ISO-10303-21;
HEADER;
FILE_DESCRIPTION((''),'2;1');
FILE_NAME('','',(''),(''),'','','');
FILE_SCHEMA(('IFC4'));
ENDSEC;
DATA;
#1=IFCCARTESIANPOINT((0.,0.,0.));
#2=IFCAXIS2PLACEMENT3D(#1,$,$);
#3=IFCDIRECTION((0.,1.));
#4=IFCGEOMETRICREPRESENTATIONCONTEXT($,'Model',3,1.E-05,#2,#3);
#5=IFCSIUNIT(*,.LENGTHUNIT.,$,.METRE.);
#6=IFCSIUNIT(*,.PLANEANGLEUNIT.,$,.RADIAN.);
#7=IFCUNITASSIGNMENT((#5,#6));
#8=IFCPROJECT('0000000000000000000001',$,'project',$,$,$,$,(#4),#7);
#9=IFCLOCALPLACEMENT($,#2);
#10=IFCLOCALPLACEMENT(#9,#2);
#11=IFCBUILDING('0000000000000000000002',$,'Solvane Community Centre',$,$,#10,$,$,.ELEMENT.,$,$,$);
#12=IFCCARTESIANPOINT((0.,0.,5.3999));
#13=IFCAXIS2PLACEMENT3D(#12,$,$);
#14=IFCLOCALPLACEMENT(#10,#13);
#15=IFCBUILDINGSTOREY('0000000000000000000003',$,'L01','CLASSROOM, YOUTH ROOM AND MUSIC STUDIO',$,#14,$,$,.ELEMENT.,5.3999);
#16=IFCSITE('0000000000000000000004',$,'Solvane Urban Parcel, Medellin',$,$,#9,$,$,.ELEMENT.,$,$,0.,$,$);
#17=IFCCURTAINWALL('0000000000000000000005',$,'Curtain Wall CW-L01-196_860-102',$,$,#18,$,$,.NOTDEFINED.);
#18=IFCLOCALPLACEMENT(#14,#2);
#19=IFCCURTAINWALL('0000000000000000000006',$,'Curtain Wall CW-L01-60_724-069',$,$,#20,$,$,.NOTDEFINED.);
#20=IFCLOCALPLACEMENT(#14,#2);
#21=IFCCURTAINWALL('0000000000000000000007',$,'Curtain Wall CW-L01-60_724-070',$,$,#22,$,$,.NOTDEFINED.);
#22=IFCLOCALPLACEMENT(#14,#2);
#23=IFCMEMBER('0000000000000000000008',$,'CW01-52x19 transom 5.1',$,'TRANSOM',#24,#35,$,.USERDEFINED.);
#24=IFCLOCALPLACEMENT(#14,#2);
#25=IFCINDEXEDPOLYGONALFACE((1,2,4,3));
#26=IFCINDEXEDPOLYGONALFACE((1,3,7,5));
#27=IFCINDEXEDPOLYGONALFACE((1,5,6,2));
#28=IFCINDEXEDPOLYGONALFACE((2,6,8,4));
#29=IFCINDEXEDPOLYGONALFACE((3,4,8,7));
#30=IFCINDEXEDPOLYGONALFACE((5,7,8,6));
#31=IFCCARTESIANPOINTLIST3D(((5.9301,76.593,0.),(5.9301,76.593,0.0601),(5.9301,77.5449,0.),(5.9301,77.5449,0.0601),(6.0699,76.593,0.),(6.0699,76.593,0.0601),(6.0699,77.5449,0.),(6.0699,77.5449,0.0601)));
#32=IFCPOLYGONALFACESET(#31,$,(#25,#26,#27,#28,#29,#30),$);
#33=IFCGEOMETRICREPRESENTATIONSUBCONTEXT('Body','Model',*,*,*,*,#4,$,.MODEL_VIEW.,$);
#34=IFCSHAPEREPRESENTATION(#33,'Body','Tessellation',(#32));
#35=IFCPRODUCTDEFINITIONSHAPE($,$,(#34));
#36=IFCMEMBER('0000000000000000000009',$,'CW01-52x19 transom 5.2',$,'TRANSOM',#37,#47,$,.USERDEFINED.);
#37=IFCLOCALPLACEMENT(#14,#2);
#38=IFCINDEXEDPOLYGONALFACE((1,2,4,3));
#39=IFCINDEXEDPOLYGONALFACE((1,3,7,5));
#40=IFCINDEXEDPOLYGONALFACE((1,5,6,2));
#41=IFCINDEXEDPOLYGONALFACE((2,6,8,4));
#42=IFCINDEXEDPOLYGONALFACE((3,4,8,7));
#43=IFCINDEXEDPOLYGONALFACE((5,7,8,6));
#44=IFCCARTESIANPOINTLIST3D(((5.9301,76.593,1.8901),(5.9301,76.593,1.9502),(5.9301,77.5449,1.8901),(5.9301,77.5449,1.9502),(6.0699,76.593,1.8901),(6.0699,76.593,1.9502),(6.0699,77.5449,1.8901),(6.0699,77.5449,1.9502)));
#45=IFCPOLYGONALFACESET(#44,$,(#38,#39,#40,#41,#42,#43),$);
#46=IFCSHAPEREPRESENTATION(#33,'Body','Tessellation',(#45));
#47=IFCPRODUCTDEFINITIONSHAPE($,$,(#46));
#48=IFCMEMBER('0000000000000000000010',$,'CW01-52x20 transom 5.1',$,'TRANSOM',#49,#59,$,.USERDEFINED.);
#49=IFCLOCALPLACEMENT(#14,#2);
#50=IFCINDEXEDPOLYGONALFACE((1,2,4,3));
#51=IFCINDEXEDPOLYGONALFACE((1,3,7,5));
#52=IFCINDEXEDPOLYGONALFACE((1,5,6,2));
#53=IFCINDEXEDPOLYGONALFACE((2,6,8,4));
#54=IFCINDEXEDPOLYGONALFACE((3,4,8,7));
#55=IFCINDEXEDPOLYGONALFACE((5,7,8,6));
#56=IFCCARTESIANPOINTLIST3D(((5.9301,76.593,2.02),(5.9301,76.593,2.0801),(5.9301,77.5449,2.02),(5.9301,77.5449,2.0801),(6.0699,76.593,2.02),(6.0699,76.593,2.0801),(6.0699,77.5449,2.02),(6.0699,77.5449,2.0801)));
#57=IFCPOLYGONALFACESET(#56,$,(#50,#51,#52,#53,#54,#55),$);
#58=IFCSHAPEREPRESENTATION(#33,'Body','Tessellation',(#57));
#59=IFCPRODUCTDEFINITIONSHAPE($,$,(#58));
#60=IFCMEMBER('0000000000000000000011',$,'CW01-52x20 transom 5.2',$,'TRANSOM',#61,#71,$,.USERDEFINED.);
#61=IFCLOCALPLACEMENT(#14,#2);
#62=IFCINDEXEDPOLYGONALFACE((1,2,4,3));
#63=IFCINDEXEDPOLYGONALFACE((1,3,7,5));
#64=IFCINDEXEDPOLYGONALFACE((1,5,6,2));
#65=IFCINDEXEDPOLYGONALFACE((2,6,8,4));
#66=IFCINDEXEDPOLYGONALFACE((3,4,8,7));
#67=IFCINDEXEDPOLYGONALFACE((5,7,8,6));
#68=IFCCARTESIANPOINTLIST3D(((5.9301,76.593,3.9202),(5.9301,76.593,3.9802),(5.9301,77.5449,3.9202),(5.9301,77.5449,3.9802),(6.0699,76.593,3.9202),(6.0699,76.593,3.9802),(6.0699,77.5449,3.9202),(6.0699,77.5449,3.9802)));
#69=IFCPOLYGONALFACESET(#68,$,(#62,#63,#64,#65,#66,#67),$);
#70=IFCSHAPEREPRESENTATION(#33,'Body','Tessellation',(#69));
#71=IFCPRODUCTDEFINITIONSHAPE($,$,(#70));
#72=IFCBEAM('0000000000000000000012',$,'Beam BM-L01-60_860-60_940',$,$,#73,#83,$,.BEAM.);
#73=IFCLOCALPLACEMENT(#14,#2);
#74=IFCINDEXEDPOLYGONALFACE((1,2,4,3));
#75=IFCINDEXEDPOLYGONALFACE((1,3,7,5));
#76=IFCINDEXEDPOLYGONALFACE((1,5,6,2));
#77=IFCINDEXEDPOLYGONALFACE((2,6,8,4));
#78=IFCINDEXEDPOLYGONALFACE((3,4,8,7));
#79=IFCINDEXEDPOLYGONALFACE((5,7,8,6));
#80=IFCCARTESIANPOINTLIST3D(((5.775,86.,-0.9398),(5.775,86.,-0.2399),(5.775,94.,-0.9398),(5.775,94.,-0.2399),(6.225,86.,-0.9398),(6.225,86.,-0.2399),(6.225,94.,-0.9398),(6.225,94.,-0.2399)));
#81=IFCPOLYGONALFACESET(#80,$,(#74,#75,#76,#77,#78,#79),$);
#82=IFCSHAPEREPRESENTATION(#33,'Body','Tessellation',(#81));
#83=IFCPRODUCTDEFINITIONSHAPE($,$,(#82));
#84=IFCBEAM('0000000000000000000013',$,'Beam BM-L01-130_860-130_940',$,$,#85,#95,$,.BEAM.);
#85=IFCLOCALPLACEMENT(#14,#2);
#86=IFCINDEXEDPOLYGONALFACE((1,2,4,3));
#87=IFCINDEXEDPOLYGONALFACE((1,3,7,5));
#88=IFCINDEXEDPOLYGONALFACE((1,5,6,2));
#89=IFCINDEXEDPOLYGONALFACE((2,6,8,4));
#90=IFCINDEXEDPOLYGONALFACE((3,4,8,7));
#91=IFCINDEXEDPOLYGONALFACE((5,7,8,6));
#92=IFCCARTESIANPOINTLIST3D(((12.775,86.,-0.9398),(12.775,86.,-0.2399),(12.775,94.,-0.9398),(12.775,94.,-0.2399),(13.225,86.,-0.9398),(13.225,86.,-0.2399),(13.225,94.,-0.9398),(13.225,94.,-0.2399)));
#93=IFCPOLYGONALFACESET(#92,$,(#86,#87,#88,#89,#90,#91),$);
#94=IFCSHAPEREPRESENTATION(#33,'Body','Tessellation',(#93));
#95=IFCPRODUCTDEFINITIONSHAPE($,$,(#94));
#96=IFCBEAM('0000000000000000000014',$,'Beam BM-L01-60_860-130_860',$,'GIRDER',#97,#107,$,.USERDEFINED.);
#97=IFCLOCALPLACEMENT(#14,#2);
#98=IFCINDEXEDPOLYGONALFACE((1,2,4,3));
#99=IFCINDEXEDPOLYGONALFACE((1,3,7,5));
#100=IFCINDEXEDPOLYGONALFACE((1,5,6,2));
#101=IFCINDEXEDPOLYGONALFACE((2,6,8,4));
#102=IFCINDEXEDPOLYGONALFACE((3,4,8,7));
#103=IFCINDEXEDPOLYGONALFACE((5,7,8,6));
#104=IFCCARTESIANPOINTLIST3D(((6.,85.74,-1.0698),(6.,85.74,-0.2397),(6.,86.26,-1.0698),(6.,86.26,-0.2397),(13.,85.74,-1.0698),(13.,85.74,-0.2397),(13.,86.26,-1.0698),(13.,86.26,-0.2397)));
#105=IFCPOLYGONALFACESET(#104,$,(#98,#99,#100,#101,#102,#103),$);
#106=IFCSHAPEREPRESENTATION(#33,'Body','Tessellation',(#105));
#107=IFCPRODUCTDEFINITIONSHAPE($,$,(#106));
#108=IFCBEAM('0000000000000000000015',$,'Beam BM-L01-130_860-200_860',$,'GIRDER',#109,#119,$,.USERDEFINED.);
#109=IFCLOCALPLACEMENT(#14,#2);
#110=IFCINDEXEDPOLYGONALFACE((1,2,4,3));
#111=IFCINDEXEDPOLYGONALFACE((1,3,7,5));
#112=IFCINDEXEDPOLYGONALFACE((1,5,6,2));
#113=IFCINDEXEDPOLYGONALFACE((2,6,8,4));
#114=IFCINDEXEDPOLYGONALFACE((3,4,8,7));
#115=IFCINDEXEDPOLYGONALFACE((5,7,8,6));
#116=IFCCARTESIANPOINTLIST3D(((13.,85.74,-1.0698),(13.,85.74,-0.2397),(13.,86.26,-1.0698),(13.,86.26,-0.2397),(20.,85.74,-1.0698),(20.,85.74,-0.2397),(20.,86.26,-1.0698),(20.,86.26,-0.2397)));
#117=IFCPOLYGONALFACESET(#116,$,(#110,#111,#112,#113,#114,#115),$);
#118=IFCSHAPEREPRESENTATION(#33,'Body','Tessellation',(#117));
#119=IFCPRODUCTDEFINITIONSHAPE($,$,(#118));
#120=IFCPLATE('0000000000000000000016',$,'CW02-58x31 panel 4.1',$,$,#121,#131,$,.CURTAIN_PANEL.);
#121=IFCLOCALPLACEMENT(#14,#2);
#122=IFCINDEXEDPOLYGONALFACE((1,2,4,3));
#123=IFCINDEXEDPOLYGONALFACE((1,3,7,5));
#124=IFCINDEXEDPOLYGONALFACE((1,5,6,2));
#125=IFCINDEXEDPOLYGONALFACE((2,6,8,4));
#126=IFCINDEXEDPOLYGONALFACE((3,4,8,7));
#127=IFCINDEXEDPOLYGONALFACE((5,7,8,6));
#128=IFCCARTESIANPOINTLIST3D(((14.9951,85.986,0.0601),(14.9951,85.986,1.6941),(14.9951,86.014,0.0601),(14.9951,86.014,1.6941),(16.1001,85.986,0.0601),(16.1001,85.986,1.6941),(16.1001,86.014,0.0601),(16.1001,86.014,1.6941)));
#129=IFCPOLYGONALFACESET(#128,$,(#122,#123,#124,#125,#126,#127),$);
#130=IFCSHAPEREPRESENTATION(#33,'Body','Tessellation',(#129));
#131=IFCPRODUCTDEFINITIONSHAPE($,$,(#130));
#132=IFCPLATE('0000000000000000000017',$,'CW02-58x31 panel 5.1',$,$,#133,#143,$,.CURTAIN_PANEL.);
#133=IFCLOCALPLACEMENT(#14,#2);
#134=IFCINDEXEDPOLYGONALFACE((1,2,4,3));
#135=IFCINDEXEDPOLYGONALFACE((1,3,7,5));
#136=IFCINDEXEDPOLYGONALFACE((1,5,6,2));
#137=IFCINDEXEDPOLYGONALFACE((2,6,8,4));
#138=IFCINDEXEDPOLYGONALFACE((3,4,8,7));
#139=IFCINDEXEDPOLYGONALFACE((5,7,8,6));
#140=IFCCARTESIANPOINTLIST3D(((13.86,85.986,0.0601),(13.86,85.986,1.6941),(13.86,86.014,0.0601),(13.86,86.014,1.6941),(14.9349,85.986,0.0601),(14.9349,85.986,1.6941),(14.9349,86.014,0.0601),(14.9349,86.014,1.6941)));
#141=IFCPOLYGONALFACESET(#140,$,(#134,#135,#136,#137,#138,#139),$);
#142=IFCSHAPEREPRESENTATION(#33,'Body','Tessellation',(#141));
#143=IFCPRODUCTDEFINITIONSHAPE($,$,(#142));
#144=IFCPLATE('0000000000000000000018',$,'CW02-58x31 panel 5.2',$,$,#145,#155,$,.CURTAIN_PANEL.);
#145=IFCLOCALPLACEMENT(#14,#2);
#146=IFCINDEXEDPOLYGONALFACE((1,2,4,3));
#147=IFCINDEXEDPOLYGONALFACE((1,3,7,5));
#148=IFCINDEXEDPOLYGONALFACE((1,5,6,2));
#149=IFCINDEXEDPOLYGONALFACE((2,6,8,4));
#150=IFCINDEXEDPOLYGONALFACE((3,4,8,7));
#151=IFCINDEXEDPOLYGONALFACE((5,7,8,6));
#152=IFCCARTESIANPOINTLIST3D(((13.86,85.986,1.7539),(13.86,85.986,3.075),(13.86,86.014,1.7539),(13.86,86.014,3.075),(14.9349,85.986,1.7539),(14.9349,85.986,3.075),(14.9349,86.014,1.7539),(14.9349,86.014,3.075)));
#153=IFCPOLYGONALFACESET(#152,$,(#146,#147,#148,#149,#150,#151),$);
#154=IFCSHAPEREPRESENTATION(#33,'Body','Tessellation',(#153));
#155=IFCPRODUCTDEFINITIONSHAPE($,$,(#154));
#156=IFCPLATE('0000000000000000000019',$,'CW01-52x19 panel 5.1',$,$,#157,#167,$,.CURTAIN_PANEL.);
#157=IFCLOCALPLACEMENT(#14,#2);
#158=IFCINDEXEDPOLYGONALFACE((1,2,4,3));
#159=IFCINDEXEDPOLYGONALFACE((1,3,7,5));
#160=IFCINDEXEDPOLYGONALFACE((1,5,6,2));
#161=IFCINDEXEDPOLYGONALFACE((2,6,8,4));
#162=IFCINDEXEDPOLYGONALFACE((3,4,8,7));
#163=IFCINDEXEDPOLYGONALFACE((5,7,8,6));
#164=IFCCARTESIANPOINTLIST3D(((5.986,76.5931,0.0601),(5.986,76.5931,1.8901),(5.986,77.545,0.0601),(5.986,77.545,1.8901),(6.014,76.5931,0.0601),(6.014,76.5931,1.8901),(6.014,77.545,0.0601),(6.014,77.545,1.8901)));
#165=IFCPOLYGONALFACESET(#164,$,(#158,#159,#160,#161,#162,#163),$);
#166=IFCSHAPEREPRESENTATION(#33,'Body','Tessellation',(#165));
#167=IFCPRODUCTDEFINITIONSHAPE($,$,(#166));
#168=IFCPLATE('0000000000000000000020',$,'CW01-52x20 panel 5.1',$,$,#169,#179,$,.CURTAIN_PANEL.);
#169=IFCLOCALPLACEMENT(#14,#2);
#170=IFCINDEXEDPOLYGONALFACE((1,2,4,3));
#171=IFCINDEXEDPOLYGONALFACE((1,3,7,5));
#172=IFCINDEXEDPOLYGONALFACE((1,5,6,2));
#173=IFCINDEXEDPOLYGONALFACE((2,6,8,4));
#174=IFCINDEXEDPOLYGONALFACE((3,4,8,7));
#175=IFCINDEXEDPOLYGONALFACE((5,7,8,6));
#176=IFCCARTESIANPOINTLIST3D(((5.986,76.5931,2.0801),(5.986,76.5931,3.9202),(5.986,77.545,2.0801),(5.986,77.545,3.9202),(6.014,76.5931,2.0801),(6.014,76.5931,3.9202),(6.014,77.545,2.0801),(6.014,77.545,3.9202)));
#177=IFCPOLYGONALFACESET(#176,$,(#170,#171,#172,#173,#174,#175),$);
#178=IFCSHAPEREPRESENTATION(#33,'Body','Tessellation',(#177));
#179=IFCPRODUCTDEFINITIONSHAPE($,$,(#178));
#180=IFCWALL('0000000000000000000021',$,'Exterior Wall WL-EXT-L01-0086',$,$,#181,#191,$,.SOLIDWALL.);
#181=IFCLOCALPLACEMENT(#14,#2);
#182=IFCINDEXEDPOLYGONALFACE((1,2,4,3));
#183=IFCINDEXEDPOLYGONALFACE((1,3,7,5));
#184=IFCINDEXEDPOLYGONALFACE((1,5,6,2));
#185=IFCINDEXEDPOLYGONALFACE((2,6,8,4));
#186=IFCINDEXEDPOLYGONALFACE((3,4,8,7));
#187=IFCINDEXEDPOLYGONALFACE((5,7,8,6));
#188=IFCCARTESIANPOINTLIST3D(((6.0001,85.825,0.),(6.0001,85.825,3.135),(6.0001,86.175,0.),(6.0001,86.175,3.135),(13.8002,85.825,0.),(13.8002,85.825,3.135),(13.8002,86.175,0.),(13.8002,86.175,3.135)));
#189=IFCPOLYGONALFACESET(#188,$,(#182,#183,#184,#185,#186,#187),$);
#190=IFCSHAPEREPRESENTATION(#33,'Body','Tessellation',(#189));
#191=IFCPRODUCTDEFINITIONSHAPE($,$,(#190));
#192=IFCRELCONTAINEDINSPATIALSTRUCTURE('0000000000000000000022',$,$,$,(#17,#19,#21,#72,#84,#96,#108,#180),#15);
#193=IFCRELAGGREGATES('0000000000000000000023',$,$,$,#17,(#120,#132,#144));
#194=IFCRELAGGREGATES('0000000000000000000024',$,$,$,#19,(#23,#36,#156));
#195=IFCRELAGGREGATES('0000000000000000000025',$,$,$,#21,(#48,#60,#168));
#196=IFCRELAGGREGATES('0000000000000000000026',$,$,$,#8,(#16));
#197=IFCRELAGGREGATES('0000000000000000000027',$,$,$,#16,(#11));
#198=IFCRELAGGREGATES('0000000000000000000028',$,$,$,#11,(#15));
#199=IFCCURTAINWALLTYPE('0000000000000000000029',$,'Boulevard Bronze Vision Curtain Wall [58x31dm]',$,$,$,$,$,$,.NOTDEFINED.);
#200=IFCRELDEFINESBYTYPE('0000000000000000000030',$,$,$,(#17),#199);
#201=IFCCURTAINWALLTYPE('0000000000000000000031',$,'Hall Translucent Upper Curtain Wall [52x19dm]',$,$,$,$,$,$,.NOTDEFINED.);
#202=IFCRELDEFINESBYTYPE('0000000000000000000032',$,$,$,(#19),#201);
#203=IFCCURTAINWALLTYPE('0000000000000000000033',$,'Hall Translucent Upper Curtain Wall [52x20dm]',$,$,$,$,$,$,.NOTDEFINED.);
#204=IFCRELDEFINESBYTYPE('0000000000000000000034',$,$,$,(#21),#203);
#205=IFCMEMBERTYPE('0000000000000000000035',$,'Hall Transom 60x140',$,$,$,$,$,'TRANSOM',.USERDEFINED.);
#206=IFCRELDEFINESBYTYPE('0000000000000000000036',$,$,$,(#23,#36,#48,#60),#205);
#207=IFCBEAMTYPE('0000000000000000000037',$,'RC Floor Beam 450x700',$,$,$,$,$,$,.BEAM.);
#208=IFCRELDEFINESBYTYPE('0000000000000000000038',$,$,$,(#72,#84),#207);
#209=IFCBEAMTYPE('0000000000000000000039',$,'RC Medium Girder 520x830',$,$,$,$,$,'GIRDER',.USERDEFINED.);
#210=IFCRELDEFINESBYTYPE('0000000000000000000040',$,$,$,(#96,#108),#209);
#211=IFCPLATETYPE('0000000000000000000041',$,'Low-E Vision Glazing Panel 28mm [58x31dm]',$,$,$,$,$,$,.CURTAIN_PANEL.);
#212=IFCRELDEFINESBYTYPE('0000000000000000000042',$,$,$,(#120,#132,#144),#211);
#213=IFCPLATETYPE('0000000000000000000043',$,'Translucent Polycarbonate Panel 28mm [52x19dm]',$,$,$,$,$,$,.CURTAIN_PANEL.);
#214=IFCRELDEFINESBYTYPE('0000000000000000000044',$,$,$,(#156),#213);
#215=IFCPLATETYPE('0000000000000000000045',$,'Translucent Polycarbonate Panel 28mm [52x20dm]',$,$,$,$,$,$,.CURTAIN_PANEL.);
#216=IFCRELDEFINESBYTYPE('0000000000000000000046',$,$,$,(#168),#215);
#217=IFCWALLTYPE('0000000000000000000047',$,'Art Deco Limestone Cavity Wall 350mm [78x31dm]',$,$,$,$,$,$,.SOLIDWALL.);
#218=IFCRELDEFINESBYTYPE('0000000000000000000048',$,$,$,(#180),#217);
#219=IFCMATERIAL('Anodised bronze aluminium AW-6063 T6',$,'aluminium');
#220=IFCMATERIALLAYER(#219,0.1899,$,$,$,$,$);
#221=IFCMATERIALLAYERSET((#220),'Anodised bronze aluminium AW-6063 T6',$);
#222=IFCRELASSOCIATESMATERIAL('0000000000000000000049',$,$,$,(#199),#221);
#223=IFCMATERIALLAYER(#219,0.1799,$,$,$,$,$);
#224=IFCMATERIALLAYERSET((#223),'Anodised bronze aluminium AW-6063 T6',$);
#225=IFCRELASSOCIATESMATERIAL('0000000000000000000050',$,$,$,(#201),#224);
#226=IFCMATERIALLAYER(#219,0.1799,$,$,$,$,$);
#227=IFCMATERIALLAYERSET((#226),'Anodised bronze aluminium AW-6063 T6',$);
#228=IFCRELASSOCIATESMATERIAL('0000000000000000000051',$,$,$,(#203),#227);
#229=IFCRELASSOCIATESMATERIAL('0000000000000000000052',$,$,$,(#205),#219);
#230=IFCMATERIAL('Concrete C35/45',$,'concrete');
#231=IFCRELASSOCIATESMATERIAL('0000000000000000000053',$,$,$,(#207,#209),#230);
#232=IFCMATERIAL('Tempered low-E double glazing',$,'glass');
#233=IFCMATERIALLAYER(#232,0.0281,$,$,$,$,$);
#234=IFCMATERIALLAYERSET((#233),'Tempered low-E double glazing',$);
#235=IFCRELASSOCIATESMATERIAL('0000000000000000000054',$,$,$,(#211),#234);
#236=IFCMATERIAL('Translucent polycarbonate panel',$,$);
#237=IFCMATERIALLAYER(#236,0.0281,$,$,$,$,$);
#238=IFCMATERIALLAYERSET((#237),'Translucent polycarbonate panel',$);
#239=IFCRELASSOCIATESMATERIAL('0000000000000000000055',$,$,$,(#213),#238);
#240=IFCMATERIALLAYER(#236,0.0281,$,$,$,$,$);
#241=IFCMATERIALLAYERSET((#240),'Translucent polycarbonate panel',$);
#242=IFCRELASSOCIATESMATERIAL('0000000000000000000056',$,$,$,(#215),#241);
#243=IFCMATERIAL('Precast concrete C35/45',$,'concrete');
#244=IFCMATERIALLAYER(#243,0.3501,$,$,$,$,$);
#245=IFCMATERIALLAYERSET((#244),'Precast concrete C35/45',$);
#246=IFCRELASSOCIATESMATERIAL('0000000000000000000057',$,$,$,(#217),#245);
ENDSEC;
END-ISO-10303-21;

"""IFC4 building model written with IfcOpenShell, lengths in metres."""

from ifc_helpers import new_model, si_unit, direction, frame, frame_2d, origin, origin_2d, place, context, subcontext, project, spatial, rectangle, extrude, material, layer, layer_set, material_profile, profile_set, type_object, element, aggregate, save


model = new_model("IFC4")

# Units and contexts
model_context = context("Model", 3, precision=1e-05, world=origin(), true_north=direction((0.0, 1.0)))
body_context = subcontext(model_context, "Body", "Model", "MODEL_VIEW")
ifc_project = project(units=[si_unit("LENGTHUNIT", "METRE"), si_unit("PLANEANGLEUNIT", "RADIAN")], contexts=[model_context])

# Site, building, storey
site_placement = place(None, origin())
site = spatial("IfcSite", under=ifc_project, at=site_placement, Name="Solvane Urban Parcel, Medellin", CompositionType="ELEMENT", RefElevation=0.0)
building_placement = place(site_placement, origin())
building = spatial("IfcBuilding", under=site, at=building_placement, Name="Solvane Community Centre", CompositionType="ELEMENT")
storey_placement = place(building_placement, frame((0.0, 0.0, 5.3999)))
storey = spatial("IfcBuildingStorey", under=building, at=storey_placement, Name="L01", Description="CLASSROOM, YOUTH ROOM AND MUSIC STUDIO", CompositionType="ELEMENT", Elevation=5.3999)

# Shared definitions
ifc_material_1 = material(Name="Precast concrete C35/45", Category="concrete")
ifc_material_2 = material(Name="Concrete C35/45", Category="concrete")

# Curtain wall
ifc_material_3 = material(Name="Anodised bronze aluminium AW-6063 T6", Category="aluminium")
ifc_layer_1 = layer(ifc_material_3, 0.1899)
ifc_layer_set_1 = layer_set([ifc_layer_1], Name="Anodised bronze aluminium AW-6063 T6")
curtain_wall_type_1 = type_object("IfcCurtainWallType", Name="Boulevard Bronze Vision Curtain Wall [58x31dm]", PredefinedType="NOTDEFINED", material=ifc_layer_set_1)
curtain_wall_1_placement = place(storey_placement, origin())
curtain_wall_1 = element("IfcCurtainWall", 1, at=curtain_wall_1_placement, inside=storey, type_object=curtain_wall_type_1, Name="Curtain Wall CW-L01-196_860-102", PredefinedType="NOTDEFINED")

# Curtain walls
ifc_layer_2 = layer(ifc_material_3, 0.1799)
ifc_layer_set_2 = layer_set([ifc_layer_2], Name="Anodised bronze aluminium AW-6063 T6")
curtain_wall_type_2 = type_object("IfcCurtainWallType", Name="Hall Translucent Upper Curtain Wall [52x19dm]", PredefinedType="NOTDEFINED", material=ifc_layer_set_2)
curtain_wall_2_placement = place(storey_placement, origin())
curtain_wall_2 = element("IfcCurtainWall", 2, at=curtain_wall_2_placement, inside=storey, type_object=curtain_wall_type_2, Name="Curtain Wall CW-L01-60_724-069", PredefinedType="NOTDEFINED")
ifc_layer_3 = layer(ifc_material_3, 0.1799)
ifc_layer_set_3 = layer_set([ifc_layer_3], Name="Anodised bronze aluminium AW-6063 T6")
curtain_wall_type_3 = type_object("IfcCurtainWallType", Name="Hall Translucent Upper Curtain Wall [52x20dm]", PredefinedType="NOTDEFINED", material=ifc_layer_set_3)
curtain_wall_3_placement = place(storey_placement, origin())
curtain_wall_3 = element("IfcCurtainWall", 3, at=curtain_wall_3_placement, inside=storey, type_object=curtain_wall_type_3, Name="Curtain Wall CW-L01-60_724-070", PredefinedType="NOTDEFINED")

# Members
ifc_material_profile_1 = material_profile(ifc_material_3, rectangle(XDim=0.1399, YDim=0.0601, at=origin_2d()), Name="CW-T 60x140")
ifc_profile_set_1 = profile_set([ifc_material_profile_1], Name="Anodised bronze aluminium AW-6063 T6")
member_type_1 = type_object("IfcMemberType", Name="Hall Transom 60x140", ElementType="TRANSOM", PredefinedType="USERDEFINED", material=ifc_profile_set_1)
member_1_placement = place(storey_placement, frame((6.0, 76.593, 0.03), z_axis=(0.0, 1.0, 0.0), x_axis=(-1.0, 0.0, 0.0)))
member_1 = element("IfcMember", 4, at=member_1_placement, type_object=member_type_1, Name="CW01-52x19 transom 5.1", ObjectType="TRANSOM", PredefinedType="USERDEFINED", context=body_context, shape_type="SweptSolid", body=[
    extrude(rectangle(XDim=0.1399, YDim=0.0601, at=origin_2d()), origin(), (0.0, 0.0, 1.0), 0.9519),
])
member_2_placement = place(storey_placement, frame((6.0, 76.593, 1.9202), z_axis=(0.0, 1.0, 0.0), x_axis=(-1.0, 0.0, 0.0)))
member_2 = element("IfcMember", 5, at=member_2_placement, type_object=member_type_1, Name="CW01-52x19 transom 5.2", ObjectType="TRANSOM", PredefinedType="USERDEFINED", context=body_context, shape_type="SweptSolid", body=[
    extrude(rectangle(XDim=0.1399, YDim=0.0601, at=origin_2d()), origin(), (0.0, 0.0, 1.0), 0.9519),
])
member_3_placement = place(storey_placement, frame((6.0, 76.593, 2.05), z_axis=(0.0, 1.0, 0.0), x_axis=(-1.0, 0.0, 0.0)))
member_3 = element("IfcMember", 6, at=member_3_placement, type_object=member_type_1, Name="CW01-52x20 transom 5.1", ObjectType="TRANSOM", PredefinedType="USERDEFINED", context=body_context, shape_type="SweptSolid", body=[
    extrude(rectangle(XDim=0.1399, YDim=0.0601, at=origin_2d()), origin(), (0.0, 0.0, 1.0), 0.9519),
])
member_4_placement = place(storey_placement, frame((6.0, 76.593, 3.9502), z_axis=(0.0, 1.0, 0.0), x_axis=(-1.0, 0.0, 0.0)))
member_4 = element("IfcMember", 7, at=member_4_placement, type_object=member_type_1, Name="CW01-52x20 transom 5.2", ObjectType="TRANSOM", PredefinedType="USERDEFINED", context=body_context, shape_type="SweptSolid", body=[
    extrude(rectangle(XDim=0.1399, YDim=0.0601, at=origin_2d()), origin(), (0.0, 0.0, 1.0), 0.9519),
])

# Beams
ifc_material_profile_2 = material_profile(ifc_material_2, rectangle(XDim=0.45, YDim=0.7, at=origin_2d()), Name="RC 450x700")
ifc_profile_set_2 = profile_set([ifc_material_profile_2], Name="Concrete C35/45")
beam_type_1 = type_object("IfcBeamType", Name="RC Floor Beam 450x700", PredefinedType="BEAM", material=ifc_profile_set_2)
for number, where, z_axis, x_axis, name in (
    (8, (6.0, 86.0, -0.5898), (0.0, 1.0, 0.0), (-1.0, 0.0, 0.0), "Beam BM-L01-60_860-60_940"),
    (9, (13.0, 86.0, -0.5898), (0.0, 1.0, 0.0), (-1.0, 0.0, 0.0), "Beam BM-L01-130_860-130_940"),
):
    element("IfcBeam", number, at=place(storey_placement, frame(where, z_axis=z_axis, x_axis=x_axis)), inside=storey, type_object=beam_type_1, Name=name, PredefinedType="BEAM", context=body_context, shape_type="SweptSolid", body=[
        extrude(rectangle(XDim=0.45, YDim=0.7, at=origin_2d()), origin(), (0.0, 0.0, 1.0), 8.0),
    ])
ifc_material_profile_3 = material_profile(ifc_material_2, rectangle(XDim=0.52, YDim=0.8301, at=origin_2d()), Name="RC 520x830")
ifc_profile_set_3 = profile_set([ifc_material_profile_3], Name="Concrete C35/45")
beam_type_2 = type_object("IfcBeamType", Name="RC Medium Girder 520x830", ElementType="GIRDER", PredefinedType="USERDEFINED", material=ifc_profile_set_3)
for number, where, z_axis, x_axis, name in (
    (10, (6.0, 86.0, -0.6548), (1.0, 0.0, 0.0), (0.0, 1.0, 0.0), "Beam BM-L01-60_860-130_860"),
    (11, (13.0, 86.0, -0.6548), (1.0, 0.0, 0.0), (0.0, 1.0, 0.0), "Beam BM-L01-130_860-200_860"),
):
    element("IfcBeam", number, at=place(storey_placement, frame(where, z_axis=z_axis, x_axis=x_axis)), inside=storey, type_object=beam_type_2, Name=name, ObjectType="GIRDER", PredefinedType="USERDEFINED", context=body_context, shape_type="SweptSolid", body=[
        extrude(rectangle(XDim=0.52, YDim=0.8301, at=origin_2d()), origin(), (0.0, 0.0, 1.0), 7.0),
    ])

# Plates
ifc_material_4 = material(Name="Tempered low-E double glazing", Category="glass")
ifc_layer_4 = layer(ifc_material_4, 0.0281)
ifc_layer_set_4 = layer_set([ifc_layer_4], Name="Tempered low-E double glazing")
plate_type_1 = type_object("IfcPlateType", Name="Low-E Vision Glazing Panel 28mm [58x31dm]", PredefinedType="CURTAIN_PANEL", material=ifc_layer_set_4)
plate_1_placement = place(storey_placement, frame((15.5476, 86.0, 0.0601), z_axis=(0.0, 0.0, 1.0), x_axis=(-1.0, 0.0, 0.0)))
plate_1 = element("IfcPlate", 12, at=plate_1_placement, type_object=plate_type_1, Name="CW02-58x31 panel 4.1", PredefinedType="CURTAIN_PANEL", context=body_context, shape_type="SweptSolid", body=[
    extrude(rectangle(XDim=1.105, YDim=0.0281, at=origin_2d()), origin(), (0.0, 0.0, 1.0), 1.634),
])
plate_2_placement = place(storey_placement, frame((14.3975, 86.0, 0.0601), z_axis=(0.0, 0.0, 1.0), x_axis=(-1.0, 0.0, 0.0)))
plate_2 = element("IfcPlate", 13, at=plate_2_placement, type_object=plate_type_1, Name="CW02-58x31 panel 5.1", PredefinedType="CURTAIN_PANEL", context=body_context, shape_type="SweptSolid", body=[
    extrude(rectangle(XDim=1.075, YDim=0.0281, at=origin_2d()), origin(), (0.0, 0.0, 1.0), 1.634),
])
plate_3_placement = place(storey_placement, frame((14.3975, 86.0, 1.7539), z_axis=(0.0, 0.0, 1.0), x_axis=(-1.0, 0.0, 0.0)))
plate_3 = element("IfcPlate", 14, at=plate_3_placement, type_object=plate_type_1, Name="CW02-58x31 panel 5.2", PredefinedType="CURTAIN_PANEL", context=body_context, shape_type="SweptSolid", body=[
    extrude(rectangle(XDim=1.075, YDim=0.0281, at=origin_2d()), origin(), (0.0, 0.0, 1.0), 1.321),
])
aggregate(curtain_wall_1, [plate_1, plate_2, plate_3])
ifc_material_5 = material(Name="Translucent polycarbonate panel")
ifc_layer_5 = layer(ifc_material_5, 0.0281)
ifc_layer_set_5 = layer_set([ifc_layer_5], Name="Translucent polycarbonate panel")
plate_type_2 = type_object("IfcPlateType", Name="Translucent Polycarbonate Panel 28mm [52x19dm]", PredefinedType="CURTAIN_PANEL", material=ifc_layer_set_5)
plate_4_placement = place(storey_placement, frame((6.0, 77.0691, 0.0601), z_axis=(0.0, 0.0, 1.0), x_axis=(0.0, 1.0, 0.0)))
plate_4 = element("IfcPlate", 15, at=plate_4_placement, type_object=plate_type_2, Name="CW01-52x19 panel 5.1", PredefinedType="CURTAIN_PANEL", context=body_context, shape_type="SweptSolid", body=[
    extrude(rectangle(XDim=0.9519, YDim=0.0281, at=origin_2d()), origin(), (0.0, 0.0, 1.0), 1.8301),
])
aggregate(curtain_wall_2, [member_1, member_2, plate_4])
ifc_layer_6 = layer(ifc_material_5, 0.0281)
ifc_layer_set_6 = layer_set([ifc_layer_6], Name="Translucent polycarbonate panel")
plate_type_3 = type_object("IfcPlateType", Name="Translucent Polycarbonate Panel 28mm [52x20dm]", PredefinedType="CURTAIN_PANEL", material=ifc_layer_set_6)
plate_5_placement = place(storey_placement, frame((6.0, 77.0691, 2.0801), z_axis=(0.0, 0.0, 1.0), x_axis=(0.0, 1.0, 0.0)))
plate_5 = element("IfcPlate", 16, at=plate_5_placement, type_object=plate_type_3, Name="CW01-52x20 panel 5.1", PredefinedType="CURTAIN_PANEL", context=body_context, shape_type="SweptSolid", body=[
    extrude(rectangle(XDim=0.9519, YDim=0.0281, at=origin_2d()), origin(), (0.0, 0.0, 1.0), 1.8401),
])
aggregate(curtain_wall_3, [member_3, member_4, plate_5])

# Wall
ifc_layer_7 = layer(ifc_material_1, 0.3501)
ifc_layer_set_7 = layer_set([ifc_layer_7], Name="Precast concrete C35/45")
wall_type_1 = type_object("IfcWallType", Name="Art Deco Limestone Cavity Wall 350mm [78x31dm]", PredefinedType="SOLIDWALL", material=ifc_layer_set_7)
wall_1_placement = place(storey_placement, frame((13.8, 86.0, 0.0), z_axis=(0.0, 0.0, 1.0), x_axis=(-1.0, 0.0, 0.0)))
element("IfcWall", 17, at=wall_1_placement, inside=storey, type_object=wall_type_1, Name="Exterior Wall WL-EXT-L01-0086", PredefinedType="SOLIDWALL", context=body_context, shape_type="SweptSolid", body=[
    extrude(rectangle(XDim=7.8, YDim=0.3501, at=frame_2d((3.8999, 0.0))), origin(), (0.0, 0.0, 1.0), 3.135),
])

save(model, "model.ifc")
